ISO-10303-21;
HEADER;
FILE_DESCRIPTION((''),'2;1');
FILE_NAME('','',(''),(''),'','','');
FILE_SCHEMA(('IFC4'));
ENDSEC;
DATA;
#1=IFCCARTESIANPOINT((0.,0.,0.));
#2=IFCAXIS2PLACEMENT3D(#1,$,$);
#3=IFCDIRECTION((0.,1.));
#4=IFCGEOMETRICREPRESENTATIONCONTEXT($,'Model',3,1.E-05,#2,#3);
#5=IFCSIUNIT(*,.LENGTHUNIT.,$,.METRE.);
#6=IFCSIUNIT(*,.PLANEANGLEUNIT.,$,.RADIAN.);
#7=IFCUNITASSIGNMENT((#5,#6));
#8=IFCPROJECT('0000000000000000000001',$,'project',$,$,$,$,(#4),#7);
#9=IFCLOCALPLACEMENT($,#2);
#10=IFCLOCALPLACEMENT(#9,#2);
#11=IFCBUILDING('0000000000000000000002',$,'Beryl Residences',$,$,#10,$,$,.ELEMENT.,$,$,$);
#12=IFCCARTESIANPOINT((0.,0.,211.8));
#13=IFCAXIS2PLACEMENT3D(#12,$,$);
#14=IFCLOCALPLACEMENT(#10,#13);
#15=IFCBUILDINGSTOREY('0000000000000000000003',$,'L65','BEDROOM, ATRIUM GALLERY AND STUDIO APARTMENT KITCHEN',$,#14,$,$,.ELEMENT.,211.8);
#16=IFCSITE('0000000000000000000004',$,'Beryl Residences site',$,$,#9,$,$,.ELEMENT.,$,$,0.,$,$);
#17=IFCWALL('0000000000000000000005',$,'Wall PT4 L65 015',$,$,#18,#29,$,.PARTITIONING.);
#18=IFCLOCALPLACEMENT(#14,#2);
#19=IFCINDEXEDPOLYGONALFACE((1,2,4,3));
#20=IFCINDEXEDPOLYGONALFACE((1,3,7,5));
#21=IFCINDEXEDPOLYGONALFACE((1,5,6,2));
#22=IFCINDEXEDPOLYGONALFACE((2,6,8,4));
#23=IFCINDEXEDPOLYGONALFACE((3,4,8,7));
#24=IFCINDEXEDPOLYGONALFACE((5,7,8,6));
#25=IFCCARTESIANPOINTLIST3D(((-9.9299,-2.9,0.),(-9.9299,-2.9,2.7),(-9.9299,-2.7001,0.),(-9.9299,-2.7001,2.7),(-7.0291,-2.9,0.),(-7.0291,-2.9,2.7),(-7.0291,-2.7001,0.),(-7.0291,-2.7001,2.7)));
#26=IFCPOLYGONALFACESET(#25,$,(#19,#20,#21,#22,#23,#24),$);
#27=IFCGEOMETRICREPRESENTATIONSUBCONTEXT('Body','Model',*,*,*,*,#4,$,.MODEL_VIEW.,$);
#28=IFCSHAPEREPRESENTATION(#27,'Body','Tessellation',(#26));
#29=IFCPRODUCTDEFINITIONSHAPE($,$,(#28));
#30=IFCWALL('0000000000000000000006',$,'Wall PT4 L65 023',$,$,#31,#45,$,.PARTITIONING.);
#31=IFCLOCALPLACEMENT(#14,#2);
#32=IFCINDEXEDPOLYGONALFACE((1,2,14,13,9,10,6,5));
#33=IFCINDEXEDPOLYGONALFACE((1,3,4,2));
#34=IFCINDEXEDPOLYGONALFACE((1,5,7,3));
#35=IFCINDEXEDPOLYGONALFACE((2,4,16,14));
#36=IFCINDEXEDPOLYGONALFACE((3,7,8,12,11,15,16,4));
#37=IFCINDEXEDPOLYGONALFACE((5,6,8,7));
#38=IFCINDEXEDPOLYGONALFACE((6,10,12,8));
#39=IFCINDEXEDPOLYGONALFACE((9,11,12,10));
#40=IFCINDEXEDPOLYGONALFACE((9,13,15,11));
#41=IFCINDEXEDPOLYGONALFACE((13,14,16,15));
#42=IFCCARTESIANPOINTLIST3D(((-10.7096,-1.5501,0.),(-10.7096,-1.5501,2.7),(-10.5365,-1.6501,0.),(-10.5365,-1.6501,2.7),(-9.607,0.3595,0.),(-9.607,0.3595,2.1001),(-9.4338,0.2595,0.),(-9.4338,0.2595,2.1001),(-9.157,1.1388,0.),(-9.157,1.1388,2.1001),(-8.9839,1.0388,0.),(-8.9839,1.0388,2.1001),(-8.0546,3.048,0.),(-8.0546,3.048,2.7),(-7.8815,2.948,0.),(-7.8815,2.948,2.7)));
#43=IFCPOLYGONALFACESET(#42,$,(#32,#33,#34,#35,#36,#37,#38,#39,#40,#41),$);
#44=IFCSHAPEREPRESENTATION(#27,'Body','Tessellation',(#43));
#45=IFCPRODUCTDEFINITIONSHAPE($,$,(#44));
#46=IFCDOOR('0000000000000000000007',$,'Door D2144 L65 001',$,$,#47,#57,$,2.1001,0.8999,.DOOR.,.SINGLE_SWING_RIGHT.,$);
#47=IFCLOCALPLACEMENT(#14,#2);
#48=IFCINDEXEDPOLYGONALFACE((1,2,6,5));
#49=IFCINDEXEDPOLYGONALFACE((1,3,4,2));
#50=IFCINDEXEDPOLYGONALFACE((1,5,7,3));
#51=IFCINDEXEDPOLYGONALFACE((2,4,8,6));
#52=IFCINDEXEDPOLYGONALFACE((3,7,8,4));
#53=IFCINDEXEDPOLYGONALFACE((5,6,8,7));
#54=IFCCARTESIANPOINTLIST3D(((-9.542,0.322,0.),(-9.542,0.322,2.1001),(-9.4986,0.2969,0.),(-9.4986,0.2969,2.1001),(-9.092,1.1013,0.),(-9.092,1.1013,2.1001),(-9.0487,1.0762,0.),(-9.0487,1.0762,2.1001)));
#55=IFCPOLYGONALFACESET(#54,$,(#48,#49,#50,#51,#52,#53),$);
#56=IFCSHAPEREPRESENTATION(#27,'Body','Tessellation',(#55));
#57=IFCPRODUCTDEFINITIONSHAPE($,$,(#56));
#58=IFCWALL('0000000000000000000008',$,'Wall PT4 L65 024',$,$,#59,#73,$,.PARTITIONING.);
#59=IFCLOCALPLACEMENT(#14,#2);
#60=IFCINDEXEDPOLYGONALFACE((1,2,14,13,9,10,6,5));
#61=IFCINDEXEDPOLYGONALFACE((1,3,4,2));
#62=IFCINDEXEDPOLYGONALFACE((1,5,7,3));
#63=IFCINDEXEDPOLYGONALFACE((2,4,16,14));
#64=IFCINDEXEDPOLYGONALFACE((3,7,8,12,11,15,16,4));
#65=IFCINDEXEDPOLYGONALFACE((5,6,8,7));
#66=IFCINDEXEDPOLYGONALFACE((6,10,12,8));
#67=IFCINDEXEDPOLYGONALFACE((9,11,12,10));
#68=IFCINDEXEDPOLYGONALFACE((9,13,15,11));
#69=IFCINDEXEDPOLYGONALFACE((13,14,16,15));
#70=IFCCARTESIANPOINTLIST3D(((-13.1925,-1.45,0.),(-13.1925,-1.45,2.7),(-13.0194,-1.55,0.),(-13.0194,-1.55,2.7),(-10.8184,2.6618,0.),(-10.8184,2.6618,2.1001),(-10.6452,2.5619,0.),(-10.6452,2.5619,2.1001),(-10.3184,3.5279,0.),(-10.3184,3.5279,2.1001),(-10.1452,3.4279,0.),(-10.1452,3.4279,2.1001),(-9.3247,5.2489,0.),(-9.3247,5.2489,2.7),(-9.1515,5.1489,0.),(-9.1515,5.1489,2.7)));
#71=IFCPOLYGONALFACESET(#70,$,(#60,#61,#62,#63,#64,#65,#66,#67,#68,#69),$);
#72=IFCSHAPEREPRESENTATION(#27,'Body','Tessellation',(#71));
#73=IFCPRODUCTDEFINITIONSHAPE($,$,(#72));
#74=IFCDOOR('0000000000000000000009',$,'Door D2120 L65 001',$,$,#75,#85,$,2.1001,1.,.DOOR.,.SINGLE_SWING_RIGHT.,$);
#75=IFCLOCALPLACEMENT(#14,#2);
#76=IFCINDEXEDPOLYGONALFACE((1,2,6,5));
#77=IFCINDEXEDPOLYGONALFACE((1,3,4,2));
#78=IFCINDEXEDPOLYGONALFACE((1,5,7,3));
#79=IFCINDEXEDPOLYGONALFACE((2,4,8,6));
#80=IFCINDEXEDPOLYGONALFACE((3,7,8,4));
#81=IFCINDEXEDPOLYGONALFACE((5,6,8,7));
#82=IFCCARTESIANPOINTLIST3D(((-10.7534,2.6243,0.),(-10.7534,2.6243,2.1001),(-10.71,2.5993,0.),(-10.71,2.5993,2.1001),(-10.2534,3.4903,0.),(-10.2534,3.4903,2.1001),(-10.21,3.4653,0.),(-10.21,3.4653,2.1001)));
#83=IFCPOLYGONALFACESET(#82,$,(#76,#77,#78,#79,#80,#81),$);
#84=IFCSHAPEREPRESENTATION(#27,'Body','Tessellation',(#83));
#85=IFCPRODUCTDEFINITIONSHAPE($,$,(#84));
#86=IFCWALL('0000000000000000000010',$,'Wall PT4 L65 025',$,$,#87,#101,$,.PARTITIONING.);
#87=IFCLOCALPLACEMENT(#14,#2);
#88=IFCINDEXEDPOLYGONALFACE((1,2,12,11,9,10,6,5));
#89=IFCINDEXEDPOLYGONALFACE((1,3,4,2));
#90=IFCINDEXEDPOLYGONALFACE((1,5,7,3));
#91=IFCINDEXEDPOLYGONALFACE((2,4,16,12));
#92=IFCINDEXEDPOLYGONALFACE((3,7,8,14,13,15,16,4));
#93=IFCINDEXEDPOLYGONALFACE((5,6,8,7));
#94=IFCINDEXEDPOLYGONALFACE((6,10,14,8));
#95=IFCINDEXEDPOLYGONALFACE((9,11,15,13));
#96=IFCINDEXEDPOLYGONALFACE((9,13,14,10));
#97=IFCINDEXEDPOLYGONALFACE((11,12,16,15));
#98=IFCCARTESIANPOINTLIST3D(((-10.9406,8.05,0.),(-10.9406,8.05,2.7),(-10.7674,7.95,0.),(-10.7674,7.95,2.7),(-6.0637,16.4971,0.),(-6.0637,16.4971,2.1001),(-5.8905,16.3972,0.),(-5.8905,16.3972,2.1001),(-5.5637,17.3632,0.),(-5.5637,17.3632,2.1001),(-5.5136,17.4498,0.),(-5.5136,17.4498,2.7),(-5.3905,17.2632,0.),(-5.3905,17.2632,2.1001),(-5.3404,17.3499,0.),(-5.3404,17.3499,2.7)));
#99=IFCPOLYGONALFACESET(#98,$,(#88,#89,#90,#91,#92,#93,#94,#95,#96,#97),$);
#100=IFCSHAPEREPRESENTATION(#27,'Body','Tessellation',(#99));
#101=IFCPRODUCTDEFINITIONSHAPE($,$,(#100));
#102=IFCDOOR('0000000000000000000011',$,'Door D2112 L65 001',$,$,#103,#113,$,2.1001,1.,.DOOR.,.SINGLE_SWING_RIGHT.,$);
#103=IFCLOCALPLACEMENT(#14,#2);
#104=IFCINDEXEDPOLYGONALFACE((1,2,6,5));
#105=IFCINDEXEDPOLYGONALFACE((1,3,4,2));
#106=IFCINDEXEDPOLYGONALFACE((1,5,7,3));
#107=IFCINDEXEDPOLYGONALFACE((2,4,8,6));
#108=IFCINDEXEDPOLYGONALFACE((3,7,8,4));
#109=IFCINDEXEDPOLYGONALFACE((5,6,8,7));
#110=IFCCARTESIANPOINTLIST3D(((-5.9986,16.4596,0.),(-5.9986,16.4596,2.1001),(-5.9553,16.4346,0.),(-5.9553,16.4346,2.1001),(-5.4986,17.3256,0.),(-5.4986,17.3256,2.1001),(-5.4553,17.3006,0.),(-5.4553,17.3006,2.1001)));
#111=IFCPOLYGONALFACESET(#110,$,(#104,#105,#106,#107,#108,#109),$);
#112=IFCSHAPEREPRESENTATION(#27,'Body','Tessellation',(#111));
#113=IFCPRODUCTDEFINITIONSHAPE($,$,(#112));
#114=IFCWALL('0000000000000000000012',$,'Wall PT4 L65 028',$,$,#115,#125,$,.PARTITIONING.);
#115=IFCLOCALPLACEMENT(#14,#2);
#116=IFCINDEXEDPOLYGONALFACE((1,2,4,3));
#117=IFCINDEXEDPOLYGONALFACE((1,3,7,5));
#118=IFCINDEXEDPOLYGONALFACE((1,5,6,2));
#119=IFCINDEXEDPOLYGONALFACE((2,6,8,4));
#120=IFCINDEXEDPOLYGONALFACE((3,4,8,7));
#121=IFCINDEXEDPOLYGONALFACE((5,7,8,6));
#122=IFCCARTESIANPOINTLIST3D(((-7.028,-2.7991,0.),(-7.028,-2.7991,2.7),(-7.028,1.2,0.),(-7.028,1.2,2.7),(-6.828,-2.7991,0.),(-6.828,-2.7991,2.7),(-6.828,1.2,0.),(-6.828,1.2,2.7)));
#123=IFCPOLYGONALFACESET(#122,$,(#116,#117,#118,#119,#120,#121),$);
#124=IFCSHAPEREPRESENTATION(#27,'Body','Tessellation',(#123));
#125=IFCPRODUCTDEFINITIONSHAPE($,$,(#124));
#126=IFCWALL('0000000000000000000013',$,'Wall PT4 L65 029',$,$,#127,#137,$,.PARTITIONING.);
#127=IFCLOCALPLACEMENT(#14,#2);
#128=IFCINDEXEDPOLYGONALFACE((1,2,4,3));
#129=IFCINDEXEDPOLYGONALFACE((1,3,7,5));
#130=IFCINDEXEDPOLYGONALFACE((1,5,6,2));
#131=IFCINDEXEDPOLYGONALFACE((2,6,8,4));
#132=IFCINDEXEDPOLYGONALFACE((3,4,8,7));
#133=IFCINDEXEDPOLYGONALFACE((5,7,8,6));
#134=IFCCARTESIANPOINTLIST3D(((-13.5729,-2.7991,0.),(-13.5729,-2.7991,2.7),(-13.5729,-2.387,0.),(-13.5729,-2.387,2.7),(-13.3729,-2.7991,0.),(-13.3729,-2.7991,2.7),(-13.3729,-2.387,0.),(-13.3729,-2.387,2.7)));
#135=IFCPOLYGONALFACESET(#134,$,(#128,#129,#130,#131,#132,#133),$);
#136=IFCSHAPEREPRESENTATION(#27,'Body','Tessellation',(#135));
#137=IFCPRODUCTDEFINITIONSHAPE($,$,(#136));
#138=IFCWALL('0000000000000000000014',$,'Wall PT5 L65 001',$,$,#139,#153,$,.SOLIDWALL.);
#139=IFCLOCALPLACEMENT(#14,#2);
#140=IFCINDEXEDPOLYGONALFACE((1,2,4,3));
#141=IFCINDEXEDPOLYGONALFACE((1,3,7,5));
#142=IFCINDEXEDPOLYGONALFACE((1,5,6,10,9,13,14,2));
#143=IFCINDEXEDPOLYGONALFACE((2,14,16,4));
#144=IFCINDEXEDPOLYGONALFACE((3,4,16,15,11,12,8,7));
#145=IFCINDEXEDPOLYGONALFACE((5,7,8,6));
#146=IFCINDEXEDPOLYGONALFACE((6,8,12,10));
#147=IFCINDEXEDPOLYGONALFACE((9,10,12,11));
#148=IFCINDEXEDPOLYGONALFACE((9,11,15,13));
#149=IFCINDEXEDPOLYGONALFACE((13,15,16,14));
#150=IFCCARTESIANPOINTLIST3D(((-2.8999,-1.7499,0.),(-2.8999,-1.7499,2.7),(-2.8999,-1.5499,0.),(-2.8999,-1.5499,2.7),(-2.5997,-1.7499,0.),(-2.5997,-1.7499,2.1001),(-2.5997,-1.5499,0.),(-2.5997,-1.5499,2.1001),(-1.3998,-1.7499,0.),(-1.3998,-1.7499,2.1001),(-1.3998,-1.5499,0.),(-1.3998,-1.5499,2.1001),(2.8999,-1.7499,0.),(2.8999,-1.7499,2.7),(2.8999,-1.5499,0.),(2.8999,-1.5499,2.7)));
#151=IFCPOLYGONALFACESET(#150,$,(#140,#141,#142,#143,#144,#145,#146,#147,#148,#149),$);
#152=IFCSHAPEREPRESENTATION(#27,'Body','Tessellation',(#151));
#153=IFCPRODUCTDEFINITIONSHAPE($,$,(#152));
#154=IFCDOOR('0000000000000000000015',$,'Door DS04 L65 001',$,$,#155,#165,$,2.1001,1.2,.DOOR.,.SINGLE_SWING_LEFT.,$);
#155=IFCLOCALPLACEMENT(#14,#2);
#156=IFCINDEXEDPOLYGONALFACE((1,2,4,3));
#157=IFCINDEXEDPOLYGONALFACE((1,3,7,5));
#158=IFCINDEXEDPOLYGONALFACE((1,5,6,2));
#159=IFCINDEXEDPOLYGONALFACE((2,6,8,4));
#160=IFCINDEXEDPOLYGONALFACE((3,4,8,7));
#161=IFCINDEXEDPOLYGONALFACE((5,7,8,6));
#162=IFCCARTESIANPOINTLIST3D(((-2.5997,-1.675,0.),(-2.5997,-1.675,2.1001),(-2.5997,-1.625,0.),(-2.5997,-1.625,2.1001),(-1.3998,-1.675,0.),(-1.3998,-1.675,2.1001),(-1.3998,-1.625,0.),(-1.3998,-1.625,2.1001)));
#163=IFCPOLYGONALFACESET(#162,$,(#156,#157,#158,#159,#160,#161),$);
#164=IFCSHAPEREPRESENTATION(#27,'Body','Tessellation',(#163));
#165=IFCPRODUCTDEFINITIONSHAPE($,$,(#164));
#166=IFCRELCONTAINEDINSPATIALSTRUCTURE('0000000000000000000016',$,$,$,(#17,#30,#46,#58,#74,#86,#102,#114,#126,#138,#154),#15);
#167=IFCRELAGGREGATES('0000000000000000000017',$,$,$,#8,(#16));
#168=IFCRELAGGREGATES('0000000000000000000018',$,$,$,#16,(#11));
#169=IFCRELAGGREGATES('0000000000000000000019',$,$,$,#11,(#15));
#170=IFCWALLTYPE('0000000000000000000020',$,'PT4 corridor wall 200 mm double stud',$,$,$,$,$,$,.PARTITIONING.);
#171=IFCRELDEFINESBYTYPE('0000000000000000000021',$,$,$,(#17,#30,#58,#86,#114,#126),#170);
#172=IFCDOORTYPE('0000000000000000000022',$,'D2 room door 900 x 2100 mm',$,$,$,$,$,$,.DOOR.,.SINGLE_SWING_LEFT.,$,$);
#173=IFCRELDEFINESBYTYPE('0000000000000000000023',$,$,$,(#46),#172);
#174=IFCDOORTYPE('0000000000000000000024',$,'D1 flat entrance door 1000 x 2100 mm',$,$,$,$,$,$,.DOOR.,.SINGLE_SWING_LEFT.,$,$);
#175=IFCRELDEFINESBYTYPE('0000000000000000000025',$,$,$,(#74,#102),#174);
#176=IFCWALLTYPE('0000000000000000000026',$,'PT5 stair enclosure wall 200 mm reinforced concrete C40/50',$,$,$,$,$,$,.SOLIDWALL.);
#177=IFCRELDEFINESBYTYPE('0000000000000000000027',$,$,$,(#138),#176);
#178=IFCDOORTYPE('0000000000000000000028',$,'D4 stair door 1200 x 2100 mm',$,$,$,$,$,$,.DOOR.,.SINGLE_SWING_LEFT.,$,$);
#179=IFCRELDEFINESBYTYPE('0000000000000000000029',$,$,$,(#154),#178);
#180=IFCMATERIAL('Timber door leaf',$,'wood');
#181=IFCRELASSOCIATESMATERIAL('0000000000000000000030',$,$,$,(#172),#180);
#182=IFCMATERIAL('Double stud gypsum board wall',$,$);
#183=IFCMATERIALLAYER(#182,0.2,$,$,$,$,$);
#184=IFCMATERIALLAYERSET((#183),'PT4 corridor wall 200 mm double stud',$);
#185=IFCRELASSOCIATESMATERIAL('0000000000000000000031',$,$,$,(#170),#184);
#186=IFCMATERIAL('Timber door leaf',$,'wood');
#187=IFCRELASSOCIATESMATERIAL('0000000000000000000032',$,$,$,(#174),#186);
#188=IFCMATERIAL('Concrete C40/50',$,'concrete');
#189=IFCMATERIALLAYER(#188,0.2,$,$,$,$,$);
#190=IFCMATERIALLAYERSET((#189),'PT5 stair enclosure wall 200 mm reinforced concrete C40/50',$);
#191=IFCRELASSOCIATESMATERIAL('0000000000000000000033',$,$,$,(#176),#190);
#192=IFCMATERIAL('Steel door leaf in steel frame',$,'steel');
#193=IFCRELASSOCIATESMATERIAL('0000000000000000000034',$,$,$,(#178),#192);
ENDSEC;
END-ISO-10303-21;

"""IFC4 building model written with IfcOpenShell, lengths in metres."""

from ifc_helpers import new_model, si_unit, direction, frame, frame_2d, origin, place, context, subcontext, project, spatial, rectangle, extrude, material, layer, layer_set, type_object, element, fill, save


model = new_model("IFC4")

# Units and contexts
model_context = context("Model", 3, precision=1e-05, world=origin(), true_north=direction((0.0, 1.0)))
body_context = subcontext(model_context, "Body", "Model", "MODEL_VIEW")
ifc_project = project(units=[si_unit("LENGTHUNIT", "METRE"), si_unit("PLANEANGLEUNIT", "RADIAN")], contexts=[model_context])

# Site, building, storey
site_placement = place(None, origin())
site = spatial("IfcSite", under=ifc_project, at=site_placement, Name="Beryl Residences site", CompositionType="ELEMENT", RefElevation=0.0)
building_placement = place(site_placement, origin())
building = spatial("IfcBuilding", under=site, at=building_placement, Name="Beryl Residences", CompositionType="ELEMENT")
storey_placement = place(building_placement, frame((0.0, 0.0, 211.8)))
storey = spatial("IfcBuildingStorey", under=building, at=storey_placement, Name="L65", Description="BEDROOM, ATRIUM GALLERY AND STUDIO APARTMENT KITCHEN", CompositionType="ELEMENT", Elevation=211.8)

# Shared definitions
ifc_material_1 = material(Name="Timber door leaf", Category="wood")
door_type_1 = type_object("IfcDoorType", Name="D2 room door 900 x 2100 mm", OperationType="SINGLE_SWING_LEFT", PredefinedType="DOOR", material=ifc_material_1)

# Wall
ifc_material_2 = material(Name="Double stud gypsum board wall")
ifc_layer_1 = layer(ifc_material_2, 0.2)
ifc_layer_set_1 = layer_set([ifc_layer_1], Name="PT4 corridor wall 200 mm double stud")
wall_type_1 = type_object("IfcWallType", Name="PT4 corridor wall 200 mm double stud", PredefinedType="PARTITIONING", material=ifc_layer_set_1)
wall_1_placement = place(storey_placement, frame((-9.9299, -2.8, 0.0), z_axis=(0.0, 0.0, 1.0), x_axis=(1.0, 0.0, 0.0)))
element("IfcWall", 1, at=wall_1_placement, inside=storey, type_object=wall_type_1, Name="Wall PT4 L65 015", PredefinedType="PARTITIONING", context=body_context, shape_type="SweptSolid", body=[
    extrude(rectangle(XDim=2.9009, YDim=0.2, at=frame_2d((1.4504, 0.0))), origin(), (0.0, 0.0, 1.0), 2.7),
])

# Walls, openings, doors
wall_2_placement = place(storey_placement, frame((-10.623, -1.6001, 0.0), z_axis=(0.0, 0.0, 1.0), x_axis=(0.500041, 0.866002, 0.0)))
wall_2 = element("IfcWall", 2, at=wall_2_placement, inside=storey, type_object=wall_type_1, Name="Wall PT4 L65 023", PredefinedType="PARTITIONING", context=body_context, shape_type="SweptSolid", body=[
    extrude(rectangle(XDim=5.3096, YDim=0.2, at=frame_2d((2.6548, 0.0))), origin(), (0.0, 0.0, 1.0), 2.7),
])
opening_1_placement = place(wall_2_placement, frame((2.2051, 0.0, 0.0)))
opening_1 = element("IfcOpeningElement", 3, at=opening_1_placement, cuts=wall_2, PredefinedType="OPENING", context=body_context, shape_type="SweptSolid", body=[
    extrude(rectangle(XDim=0.8999, YDim=2.1001, at=frame_2d((0.45, 1.05))), frame((0.0, 0.1099, 0.0), z_axis=(0.0, -1.0, 0.0), x_axis=(1.0, 0.0, 0.0)), (0.0, 0.0, 1.0), 0.22),
])
door_1_placement = place(opening_1_placement, origin())
door_1 = element("IfcDoor", 4, at=door_1_placement, inside=storey, type_object=door_type_1, Name="Door D2144 L65 001", OperationType="SINGLE_SWING_RIGHT", OverallHeight=2.1001, OverallWidth=0.8999, PredefinedType="DOOR", context=body_context, shape_type="SweptSolid", body=[
    extrude(rectangle(XDim=0.8999, YDim=2.1001, at=frame_2d((0.45, 1.05))), frame((0.0, 0.0249, 0.0), z_axis=(0.0, -1.0, 0.0), x_axis=(1.0, 0.0, 0.0)), (0.0, 0.0, 1.0), 0.05),
])
fill(opening_1, door_1)
wall_3_placement = place(storey_placement, frame((-13.106, -1.5, 0.0), z_axis=(0.0, 0.0, 1.0), x_axis=(0.500026, 0.866011, 0.0)))
wall_3 = element("IfcWall", 5, at=wall_3_placement, inside=storey, type_object=wall_type_1, Name="Wall PT4 L65 024", PredefinedType="PARTITIONING", context=body_context, shape_type="SweptSolid", body=[
    extrude(rectangle(XDim=7.7354, YDim=0.2, at=frame_2d((3.8677, 0.0))), origin(), (0.0, 0.0, 1.0), 2.7),
])
opening_2_placement = place(wall_3_placement, frame((4.748, 0.0, 0.0)))
opening_2 = element("IfcOpeningElement", 6, at=opening_2_placement, cuts=wall_3, PredefinedType="OPENING", context=body_context, shape_type="SweptSolid", body=[
    extrude(rectangle(XDim=1.0, YDim=2.1001, at=frame_2d((0.5, 1.05))), frame((0.0, 0.1099, 0.0), z_axis=(0.0, -1.0, 0.0), x_axis=(1.0, 0.0, 0.0)), (0.0, 0.0, 1.0), 0.22),
])
ifc_material_3 = material(Name="Timber door leaf", Category="wood")
door_type_2 = type_object("IfcDoorType", Name="D1 flat entrance door 1000 x 2100 mm", OperationType="SINGLE_SWING_LEFT", PredefinedType="DOOR", material=ifc_material_3)
door_2_placement = place(opening_2_placement, origin())
door_2 = element("IfcDoor", 7, at=door_2_placement, inside=storey, type_object=door_type_2, Name="Door D2120 L65 001", OperationType="SINGLE_SWING_RIGHT", OverallHeight=2.1001, OverallWidth=1.0, PredefinedType="DOOR", context=body_context, shape_type="SweptSolid", body=[
    extrude(rectangle(XDim=1.0, YDim=2.1001, at=frame_2d((0.5, 1.05))), frame((0.0, 0.0249, 0.0), z_axis=(0.0, -1.0, 0.0), x_axis=(1.0, 0.0, 0.0)), (0.0, 0.0, 1.0), 0.05),
])
fill(opening_2, door_2)
wall_4_placement = place(storey_placement, frame((-10.854, 8.0, 0.0), z_axis=(0.0, 0.0, 1.0), x_axis=(0.499998, 0.866027, 0.0)))
wall_4 = element("IfcWall", 8, at=wall_4_placement, inside=storey, type_object=wall_type_1, Name="Wall PT4 L65 025", PredefinedType="PARTITIONING", context=body_context, shape_type="SweptSolid", body=[
    extrude(rectangle(XDim=10.854, YDim=0.2, at=frame_2d((5.427, 0.0))), origin(), (0.0, 0.0, 1.0), 2.7),
])
opening_3_placement = place(wall_4_placement, frame((9.7539, 0.0, 0.0)))
opening_3 = element("IfcOpeningElement", 9, at=opening_3_placement, cuts=wall_4, PredefinedType="OPENING", context=body_context, shape_type="SweptSolid", body=[
    extrude(rectangle(XDim=1.0, YDim=2.1001, at=frame_2d((0.5, 1.05))), frame((0.0, 0.1099, 0.0), z_axis=(0.0, -1.0, 0.0), x_axis=(1.0, 0.0, 0.0)), (0.0, 0.0, 1.0), 0.22),
])
door_3_placement = place(opening_3_placement, origin())
door_3 = element("IfcDoor", 10, at=door_3_placement, inside=storey, type_object=door_type_2, Name="Door D2112 L65 001", OperationType="SINGLE_SWING_RIGHT", OverallHeight=2.1001, OverallWidth=1.0, PredefinedType="DOOR", context=body_context, shape_type="SweptSolid", body=[
    extrude(rectangle(XDim=1.0, YDim=2.1001, at=frame_2d((0.5, 1.05))), frame((0.0, 0.0249, 0.0), z_axis=(0.0, -1.0, 0.0), x_axis=(1.0, 0.0, 0.0)), (0.0, 0.0, 1.0), 0.05),
])
fill(opening_3, door_3)

# Walls
wall_5_placement = place(storey_placement, frame((-6.928, -2.7991, 0.0), z_axis=(0.0, 0.0, 1.0), x_axis=(0.0, 1.0, 0.0)))
element("IfcWall", 11, at=wall_5_placement, inside=storey, type_object=wall_type_1, Name="Wall PT4 L65 028", PredefinedType="PARTITIONING", context=body_context, shape_type="SweptSolid", body=[
    extrude(rectangle(XDim=3.999, YDim=0.2, at=frame_2d((1.9995, 0.0))), origin(), (0.0, 0.0, 1.0), 2.7),
])
wall_6_placement = place(storey_placement, frame((-13.4729, -2.7991, 0.0), z_axis=(0.0, 0.0, 1.0), x_axis=(0.0, 1.0, 0.0)))
element("IfcWall", 12, at=wall_6_placement, inside=storey, type_object=wall_type_1, Name="Wall PT4 L65 029", PredefinedType="PARTITIONING", context=body_context, shape_type="SweptSolid", body=[
    extrude(rectangle(XDim=0.4121, YDim=0.2, at=frame_2d((0.2061, 0.0))), origin(), (0.0, 0.0, 1.0), 2.7),
])

# Wall, opening, door
ifc_material_4 = material(Name="Concrete C40/50", Category="concrete")
ifc_layer_2 = layer(ifc_material_4, 0.2)
ifc_layer_set_2 = layer_set([ifc_layer_2], Name="PT5 stair enclosure wall 200 mm reinforced concrete C40/50")
wall_type_2 = type_object("IfcWallType", Name="PT5 stair enclosure wall 200 mm reinforced concrete C40/50", PredefinedType="SOLIDWALL", material=ifc_layer_set_2)
wall_7_placement = place(storey_placement, frame((-2.8999, -1.6499, 0.0), z_axis=(0.0, 0.0, 1.0), x_axis=(1.0, 0.0, 0.0)))
wall_7 = element("IfcWall", 13, at=wall_7_placement, inside=storey, type_object=wall_type_2, Name="Wall PT5 L65 001", PredefinedType="SOLIDWALL", context=body_context, shape_type="SweptSolid", body=[
    extrude(rectangle(XDim=5.7998, YDim=0.2, at=frame_2d((2.8999, 0.0))), origin(), (0.0, 0.0, 1.0), 2.7),
])
opening_4_placement = place(wall_7_placement, frame((0.3, 0.0, 0.0)))
opening_4 = element("IfcOpeningElement", 14, at=opening_4_placement, cuts=wall_7, PredefinedType="OPENING", context=body_context, shape_type="SweptSolid", body=[
    extrude(rectangle(XDim=1.2, YDim=2.1001, at=frame_2d((0.6001, 1.05))), frame((0.0, 0.1099, 0.0), z_axis=(0.0, -1.0, 0.0), x_axis=(1.0, 0.0, 0.0)), (0.0, 0.0, 1.0), 0.22),
])
ifc_material_5 = material(Name="Steel door leaf in steel frame", Category="steel")
door_type_3 = type_object("IfcDoorType", Name="D4 stair door 1200 x 2100 mm", OperationType="SINGLE_SWING_LEFT", PredefinedType="DOOR", material=ifc_material_5)
door_4_placement = place(opening_4_placement, origin())
door_4 = element("IfcDoor", 15, at=door_4_placement, inside=storey, type_object=door_type_3, Name="Door DS04 L65 001", OperationType="SINGLE_SWING_LEFT", OverallHeight=2.1001, OverallWidth=1.2, PredefinedType="DOOR", context=body_context, shape_type="SweptSolid", body=[
    extrude(rectangle(XDim=1.2, YDim=2.1001, at=frame_2d((0.6001, 1.05))), frame((0.0, 0.0249, 0.0), z_axis=(0.0, -1.0, 0.0), x_axis=(1.0, 0.0, 0.0)), (0.0, 0.0, 1.0), 0.05),
])
fill(opening_4, door_4)

save(model, "model.ifc")
